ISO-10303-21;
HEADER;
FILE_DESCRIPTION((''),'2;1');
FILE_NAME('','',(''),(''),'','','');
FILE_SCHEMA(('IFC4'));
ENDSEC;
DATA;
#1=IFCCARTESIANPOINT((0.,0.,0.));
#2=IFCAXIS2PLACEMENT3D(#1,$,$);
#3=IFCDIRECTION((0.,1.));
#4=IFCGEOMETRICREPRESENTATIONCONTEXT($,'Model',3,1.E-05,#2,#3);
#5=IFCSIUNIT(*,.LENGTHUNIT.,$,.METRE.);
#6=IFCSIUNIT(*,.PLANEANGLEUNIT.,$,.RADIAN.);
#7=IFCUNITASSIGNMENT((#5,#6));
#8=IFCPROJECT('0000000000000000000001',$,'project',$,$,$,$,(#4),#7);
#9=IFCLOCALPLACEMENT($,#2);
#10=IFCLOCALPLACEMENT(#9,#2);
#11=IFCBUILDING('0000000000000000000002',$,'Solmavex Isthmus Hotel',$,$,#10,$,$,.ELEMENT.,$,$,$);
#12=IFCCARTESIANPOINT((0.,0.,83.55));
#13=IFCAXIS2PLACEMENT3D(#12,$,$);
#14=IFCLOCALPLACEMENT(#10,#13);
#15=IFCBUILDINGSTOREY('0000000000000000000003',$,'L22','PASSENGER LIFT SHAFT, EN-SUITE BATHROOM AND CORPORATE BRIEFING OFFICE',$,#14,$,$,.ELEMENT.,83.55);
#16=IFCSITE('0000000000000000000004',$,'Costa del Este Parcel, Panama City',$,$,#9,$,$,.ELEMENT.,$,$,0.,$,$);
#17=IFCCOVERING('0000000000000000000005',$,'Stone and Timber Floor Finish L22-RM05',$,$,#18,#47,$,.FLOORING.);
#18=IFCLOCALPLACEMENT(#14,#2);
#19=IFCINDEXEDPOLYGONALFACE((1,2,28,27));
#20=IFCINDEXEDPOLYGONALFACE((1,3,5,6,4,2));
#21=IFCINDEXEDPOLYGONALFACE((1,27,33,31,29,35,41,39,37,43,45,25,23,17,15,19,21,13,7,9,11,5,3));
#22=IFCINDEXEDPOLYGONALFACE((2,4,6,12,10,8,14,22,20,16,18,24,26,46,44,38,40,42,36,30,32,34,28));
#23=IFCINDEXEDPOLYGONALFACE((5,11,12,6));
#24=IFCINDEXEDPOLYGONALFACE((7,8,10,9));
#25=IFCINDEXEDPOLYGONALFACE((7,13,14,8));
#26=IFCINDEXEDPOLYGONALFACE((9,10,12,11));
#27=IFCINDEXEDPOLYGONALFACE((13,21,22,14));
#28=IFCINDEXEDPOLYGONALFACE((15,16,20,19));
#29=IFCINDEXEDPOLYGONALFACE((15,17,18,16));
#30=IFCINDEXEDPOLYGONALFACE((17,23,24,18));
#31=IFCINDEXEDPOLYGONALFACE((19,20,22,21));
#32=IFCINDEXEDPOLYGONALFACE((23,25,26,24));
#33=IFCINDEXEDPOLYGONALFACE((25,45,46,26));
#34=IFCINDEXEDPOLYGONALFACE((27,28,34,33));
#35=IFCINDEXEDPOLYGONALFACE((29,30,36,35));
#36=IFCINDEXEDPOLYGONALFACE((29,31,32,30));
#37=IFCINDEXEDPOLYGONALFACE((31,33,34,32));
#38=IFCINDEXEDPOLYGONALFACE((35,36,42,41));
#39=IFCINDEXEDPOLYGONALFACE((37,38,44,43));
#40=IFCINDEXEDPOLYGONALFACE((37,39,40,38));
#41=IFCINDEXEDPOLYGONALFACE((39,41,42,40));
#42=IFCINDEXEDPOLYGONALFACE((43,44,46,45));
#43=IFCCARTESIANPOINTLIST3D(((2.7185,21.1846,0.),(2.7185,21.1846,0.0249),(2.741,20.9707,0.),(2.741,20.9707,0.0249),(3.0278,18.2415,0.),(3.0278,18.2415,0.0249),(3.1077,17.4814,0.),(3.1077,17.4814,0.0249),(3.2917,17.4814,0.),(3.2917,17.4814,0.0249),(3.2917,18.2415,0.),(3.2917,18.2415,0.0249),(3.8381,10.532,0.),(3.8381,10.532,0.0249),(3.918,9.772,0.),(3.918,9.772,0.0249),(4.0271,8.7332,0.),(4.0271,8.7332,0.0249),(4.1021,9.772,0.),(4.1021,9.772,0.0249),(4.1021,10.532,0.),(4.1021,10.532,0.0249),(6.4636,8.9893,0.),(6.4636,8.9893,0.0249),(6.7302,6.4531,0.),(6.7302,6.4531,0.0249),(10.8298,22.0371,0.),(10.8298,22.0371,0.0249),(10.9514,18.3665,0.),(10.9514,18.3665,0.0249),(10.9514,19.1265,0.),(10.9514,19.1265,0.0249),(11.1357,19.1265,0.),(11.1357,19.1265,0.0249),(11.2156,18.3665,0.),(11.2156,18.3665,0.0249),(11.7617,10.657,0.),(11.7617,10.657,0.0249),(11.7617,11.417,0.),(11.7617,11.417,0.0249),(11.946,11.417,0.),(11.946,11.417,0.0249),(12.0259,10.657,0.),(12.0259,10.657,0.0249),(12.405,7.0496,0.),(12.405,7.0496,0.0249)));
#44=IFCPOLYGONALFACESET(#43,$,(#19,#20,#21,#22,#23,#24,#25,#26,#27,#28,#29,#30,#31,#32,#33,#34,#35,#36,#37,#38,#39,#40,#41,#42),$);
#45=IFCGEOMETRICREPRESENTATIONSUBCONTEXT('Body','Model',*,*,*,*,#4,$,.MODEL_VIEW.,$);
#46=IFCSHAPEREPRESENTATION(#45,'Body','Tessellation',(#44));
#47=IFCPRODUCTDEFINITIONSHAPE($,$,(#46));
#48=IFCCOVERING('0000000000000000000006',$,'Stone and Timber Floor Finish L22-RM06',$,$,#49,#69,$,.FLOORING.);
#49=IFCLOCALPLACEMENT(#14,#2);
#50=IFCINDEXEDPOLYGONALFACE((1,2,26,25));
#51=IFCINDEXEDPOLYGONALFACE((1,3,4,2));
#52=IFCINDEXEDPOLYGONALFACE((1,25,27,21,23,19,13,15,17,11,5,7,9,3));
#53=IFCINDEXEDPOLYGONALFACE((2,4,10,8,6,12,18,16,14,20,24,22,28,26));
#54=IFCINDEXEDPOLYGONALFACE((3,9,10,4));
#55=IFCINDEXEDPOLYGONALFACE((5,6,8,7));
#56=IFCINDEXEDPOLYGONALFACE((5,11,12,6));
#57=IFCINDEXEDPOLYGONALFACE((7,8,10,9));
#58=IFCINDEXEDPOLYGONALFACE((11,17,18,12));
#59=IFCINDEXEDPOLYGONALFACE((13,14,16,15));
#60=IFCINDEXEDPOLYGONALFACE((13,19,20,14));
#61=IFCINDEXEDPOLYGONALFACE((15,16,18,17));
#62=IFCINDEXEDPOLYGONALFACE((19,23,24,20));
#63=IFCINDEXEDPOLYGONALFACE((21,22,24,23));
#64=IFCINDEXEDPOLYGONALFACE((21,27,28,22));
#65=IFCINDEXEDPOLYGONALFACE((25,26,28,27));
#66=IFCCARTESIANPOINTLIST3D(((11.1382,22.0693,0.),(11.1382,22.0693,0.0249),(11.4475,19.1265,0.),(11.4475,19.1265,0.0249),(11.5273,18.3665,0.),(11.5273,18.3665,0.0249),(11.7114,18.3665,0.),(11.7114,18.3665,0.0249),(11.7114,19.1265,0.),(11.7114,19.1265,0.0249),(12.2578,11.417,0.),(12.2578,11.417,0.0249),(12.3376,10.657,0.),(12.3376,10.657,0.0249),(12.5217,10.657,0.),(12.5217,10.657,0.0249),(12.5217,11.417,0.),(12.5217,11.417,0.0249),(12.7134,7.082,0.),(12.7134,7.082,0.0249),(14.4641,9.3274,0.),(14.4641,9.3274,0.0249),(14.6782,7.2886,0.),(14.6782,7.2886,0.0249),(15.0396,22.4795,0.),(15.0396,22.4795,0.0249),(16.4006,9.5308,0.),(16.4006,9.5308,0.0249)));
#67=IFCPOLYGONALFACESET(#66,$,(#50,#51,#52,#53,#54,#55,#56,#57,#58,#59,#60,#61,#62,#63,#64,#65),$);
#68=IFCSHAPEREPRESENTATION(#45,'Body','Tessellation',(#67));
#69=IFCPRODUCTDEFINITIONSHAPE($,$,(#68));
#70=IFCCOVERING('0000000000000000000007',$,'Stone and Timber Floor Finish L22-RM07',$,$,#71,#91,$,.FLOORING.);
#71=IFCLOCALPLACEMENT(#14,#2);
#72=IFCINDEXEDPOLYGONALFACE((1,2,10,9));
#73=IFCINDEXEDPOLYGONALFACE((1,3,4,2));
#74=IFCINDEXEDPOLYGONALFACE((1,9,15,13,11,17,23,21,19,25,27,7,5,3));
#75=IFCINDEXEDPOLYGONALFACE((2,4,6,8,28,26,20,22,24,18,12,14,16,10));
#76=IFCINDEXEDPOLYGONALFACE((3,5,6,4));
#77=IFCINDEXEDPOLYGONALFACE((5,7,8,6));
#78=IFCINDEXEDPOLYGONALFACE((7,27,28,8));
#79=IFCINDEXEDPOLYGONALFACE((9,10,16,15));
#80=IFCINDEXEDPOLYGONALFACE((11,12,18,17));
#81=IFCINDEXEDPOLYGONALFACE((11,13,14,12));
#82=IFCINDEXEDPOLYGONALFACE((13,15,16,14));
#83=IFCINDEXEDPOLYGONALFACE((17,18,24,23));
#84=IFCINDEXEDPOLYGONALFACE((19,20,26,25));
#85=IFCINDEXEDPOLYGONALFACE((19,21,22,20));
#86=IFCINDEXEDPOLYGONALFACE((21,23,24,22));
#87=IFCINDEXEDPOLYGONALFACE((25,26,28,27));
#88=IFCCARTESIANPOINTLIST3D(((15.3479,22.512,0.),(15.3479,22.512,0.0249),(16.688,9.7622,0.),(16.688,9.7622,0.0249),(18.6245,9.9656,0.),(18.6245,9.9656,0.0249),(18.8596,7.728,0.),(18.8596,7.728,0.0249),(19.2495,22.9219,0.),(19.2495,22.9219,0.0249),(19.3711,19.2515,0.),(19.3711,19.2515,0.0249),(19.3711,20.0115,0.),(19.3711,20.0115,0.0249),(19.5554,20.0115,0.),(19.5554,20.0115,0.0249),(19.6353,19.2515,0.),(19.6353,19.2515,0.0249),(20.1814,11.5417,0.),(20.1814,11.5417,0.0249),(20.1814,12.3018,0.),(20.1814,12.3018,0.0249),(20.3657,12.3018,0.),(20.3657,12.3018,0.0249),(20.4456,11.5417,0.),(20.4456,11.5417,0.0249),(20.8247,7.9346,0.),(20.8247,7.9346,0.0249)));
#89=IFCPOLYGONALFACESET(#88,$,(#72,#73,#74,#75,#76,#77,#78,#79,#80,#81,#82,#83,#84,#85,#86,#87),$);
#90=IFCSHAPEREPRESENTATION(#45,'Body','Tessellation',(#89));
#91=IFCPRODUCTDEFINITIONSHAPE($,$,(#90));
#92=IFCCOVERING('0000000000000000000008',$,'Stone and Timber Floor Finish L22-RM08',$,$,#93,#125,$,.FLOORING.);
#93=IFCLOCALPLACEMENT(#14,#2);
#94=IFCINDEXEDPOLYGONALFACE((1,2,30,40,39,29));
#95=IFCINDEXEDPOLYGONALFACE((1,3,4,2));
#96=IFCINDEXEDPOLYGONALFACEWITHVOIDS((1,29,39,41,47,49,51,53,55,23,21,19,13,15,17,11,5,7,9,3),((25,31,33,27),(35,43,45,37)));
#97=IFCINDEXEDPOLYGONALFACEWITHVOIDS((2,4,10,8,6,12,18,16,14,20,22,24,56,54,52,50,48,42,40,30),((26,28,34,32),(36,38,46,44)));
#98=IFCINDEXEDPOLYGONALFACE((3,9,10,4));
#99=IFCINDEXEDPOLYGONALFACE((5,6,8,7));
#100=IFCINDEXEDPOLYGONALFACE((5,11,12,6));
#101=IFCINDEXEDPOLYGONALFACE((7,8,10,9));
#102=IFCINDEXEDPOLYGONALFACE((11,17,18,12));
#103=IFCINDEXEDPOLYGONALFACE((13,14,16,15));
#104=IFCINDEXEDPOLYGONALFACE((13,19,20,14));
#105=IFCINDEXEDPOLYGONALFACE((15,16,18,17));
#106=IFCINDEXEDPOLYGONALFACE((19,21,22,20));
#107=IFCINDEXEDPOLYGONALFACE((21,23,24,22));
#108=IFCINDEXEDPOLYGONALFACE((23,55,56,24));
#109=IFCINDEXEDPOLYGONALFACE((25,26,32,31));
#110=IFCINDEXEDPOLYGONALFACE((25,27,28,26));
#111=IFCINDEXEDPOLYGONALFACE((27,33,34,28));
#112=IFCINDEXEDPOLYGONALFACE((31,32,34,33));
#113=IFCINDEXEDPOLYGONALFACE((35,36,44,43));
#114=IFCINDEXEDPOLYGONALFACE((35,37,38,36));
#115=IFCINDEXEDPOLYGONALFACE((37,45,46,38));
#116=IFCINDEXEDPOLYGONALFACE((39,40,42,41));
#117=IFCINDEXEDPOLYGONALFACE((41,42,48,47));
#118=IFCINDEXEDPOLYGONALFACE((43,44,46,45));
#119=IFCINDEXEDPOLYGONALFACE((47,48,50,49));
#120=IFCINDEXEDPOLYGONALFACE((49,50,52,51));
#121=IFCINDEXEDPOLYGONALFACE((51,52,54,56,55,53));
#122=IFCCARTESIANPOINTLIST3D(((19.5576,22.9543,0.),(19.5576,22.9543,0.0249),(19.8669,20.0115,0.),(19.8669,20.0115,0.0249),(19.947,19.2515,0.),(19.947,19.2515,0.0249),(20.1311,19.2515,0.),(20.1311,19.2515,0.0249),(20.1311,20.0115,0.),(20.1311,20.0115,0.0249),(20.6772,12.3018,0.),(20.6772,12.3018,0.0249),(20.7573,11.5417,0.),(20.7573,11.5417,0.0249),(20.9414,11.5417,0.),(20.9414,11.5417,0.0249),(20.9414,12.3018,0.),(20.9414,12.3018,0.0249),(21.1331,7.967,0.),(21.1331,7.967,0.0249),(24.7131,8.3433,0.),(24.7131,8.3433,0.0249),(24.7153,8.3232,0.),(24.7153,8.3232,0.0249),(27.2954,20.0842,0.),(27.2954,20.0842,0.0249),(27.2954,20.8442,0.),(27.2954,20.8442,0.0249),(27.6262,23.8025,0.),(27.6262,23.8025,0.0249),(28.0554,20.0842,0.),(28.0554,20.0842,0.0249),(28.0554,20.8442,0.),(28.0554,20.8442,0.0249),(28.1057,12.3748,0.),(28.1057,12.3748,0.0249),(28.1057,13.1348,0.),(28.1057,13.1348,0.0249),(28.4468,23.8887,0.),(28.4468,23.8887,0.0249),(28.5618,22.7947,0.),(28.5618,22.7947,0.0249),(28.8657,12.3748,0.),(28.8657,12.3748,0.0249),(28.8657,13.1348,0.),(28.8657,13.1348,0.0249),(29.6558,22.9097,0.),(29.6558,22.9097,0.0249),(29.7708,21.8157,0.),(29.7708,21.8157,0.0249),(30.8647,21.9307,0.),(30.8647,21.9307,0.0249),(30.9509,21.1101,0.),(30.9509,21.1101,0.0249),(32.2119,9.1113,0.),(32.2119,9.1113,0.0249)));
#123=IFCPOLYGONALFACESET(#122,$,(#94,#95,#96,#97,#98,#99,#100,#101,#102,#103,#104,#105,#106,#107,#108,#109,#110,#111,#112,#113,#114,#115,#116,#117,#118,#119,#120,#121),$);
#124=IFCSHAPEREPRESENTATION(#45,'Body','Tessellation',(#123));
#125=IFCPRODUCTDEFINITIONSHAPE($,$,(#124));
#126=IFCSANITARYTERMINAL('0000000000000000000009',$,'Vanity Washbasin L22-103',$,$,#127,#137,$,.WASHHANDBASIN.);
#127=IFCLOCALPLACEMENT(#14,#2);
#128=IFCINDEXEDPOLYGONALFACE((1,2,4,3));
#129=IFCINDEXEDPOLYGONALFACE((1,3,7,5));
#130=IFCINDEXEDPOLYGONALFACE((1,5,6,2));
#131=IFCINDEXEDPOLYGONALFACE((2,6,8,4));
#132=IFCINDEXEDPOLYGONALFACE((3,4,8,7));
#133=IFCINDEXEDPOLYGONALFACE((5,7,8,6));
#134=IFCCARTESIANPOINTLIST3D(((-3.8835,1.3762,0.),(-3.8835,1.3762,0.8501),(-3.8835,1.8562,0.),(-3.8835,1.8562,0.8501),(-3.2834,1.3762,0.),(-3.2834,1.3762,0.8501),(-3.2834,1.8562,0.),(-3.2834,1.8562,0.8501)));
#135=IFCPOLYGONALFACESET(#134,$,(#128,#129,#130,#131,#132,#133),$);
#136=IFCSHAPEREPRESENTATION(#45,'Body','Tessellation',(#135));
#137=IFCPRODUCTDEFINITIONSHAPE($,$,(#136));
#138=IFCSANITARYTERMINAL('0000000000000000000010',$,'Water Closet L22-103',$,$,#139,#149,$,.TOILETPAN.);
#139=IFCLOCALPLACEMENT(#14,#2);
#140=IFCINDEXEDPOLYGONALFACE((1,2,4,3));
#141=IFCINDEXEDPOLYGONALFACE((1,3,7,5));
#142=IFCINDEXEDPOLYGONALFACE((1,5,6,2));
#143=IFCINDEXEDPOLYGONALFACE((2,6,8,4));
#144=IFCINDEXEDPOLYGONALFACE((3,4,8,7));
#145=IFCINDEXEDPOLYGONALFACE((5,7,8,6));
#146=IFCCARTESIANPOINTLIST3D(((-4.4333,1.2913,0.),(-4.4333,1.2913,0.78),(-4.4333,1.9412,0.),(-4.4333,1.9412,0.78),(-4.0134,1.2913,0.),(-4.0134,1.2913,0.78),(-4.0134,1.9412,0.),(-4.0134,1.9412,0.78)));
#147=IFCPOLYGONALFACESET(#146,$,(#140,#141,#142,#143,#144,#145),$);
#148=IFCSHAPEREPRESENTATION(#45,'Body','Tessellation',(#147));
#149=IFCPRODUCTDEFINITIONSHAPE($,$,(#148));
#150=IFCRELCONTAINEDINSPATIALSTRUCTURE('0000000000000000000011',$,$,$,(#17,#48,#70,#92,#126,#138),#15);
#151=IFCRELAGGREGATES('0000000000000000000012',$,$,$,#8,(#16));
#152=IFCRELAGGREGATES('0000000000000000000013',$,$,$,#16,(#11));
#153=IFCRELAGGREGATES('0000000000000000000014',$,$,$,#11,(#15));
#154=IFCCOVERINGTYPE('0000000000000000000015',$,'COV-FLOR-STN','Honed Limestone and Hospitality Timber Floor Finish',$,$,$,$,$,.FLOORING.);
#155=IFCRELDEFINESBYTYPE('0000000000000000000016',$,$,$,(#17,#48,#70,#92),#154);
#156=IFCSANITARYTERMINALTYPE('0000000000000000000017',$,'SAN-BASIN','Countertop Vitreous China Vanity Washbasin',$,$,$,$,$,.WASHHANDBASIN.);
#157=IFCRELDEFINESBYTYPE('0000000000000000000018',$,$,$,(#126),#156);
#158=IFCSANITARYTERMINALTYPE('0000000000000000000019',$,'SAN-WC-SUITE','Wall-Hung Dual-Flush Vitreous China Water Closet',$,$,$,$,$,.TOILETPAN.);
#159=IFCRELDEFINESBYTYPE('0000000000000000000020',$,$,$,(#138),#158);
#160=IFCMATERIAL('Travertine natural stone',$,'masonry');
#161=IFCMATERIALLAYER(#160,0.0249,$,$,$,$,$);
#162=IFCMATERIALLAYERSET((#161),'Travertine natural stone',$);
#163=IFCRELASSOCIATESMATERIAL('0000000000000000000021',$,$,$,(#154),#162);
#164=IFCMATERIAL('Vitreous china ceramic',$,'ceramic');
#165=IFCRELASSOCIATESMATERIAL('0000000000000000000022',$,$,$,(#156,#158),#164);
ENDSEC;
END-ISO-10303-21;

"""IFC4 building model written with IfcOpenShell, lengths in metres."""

from ifc_helpers import new_model, si_unit, direction, frame, origin, origin_2d, place, context, subcontext, project, spatial, polyline, rectangle, outline, extrude, material, layer, layer_set, type_object, element, save


model = new_model("IFC4")

# Units and contexts
model_context = context("Model", 3, precision=1e-05, world=origin(), true_north=direction((0.0, 1.0)))
body_context = subcontext(model_context, "Body", "Model", "MODEL_VIEW")
ifc_project = project(units=[si_unit("LENGTHUNIT", "METRE"), si_unit("PLANEANGLEUNIT", "RADIAN")], contexts=[model_context])

# Site, building, storey
site_placement = place(None, origin())
site = spatial("IfcSite", under=ifc_project, at=site_placement, Name="Costa del Este Parcel, Panama City", CompositionType="ELEMENT", RefElevation=0.0)
building_placement = place(site_placement, origin())
building = spatial("IfcBuilding", under=site, at=building_placement, Name="Solmavex Isthmus Hotel", CompositionType="ELEMENT")
storey_placement = place(building_placement, frame((0.0, 0.0, 83.55)))
storey = spatial("IfcBuildingStorey", under=building, at=storey_placement, Name="L22", Description="PASSENGER LIFT SHAFT, EN-SUITE BATHROOM AND CORPORATE BRIEFING OFFICE", CompositionType="ELEMENT", Elevation=83.55)

# Coverings
ifc_material_1 = material(Name="Travertine natural stone", Category="masonry")
ifc_layer_1 = layer(ifc_material_1, 0.0249)
ifc_layer_set_1 = layer_set([ifc_layer_1], Name="Travertine natural stone")
covering_type_1 = type_object("IfcCoveringType", Name="COV-FLOR-STN", Description="Honed Limestone and Hospitality Timber Floor Finish", PredefinedType="FLOORING", material=ifc_layer_set_1)
covering_1_placement = place(storey_placement, origin())
element("IfcCovering", 1, at=covering_1_placement, inside=storey, type_object=covering_type_1, Name="Stone and Timber Floor Finish L22-RM05", PredefinedType="FLOORING", context=body_context, shape_type="SweptSolid", body=[
    extrude(outline(polyline([(3.8381, 10.532), (4.1021, 10.532), (4.1021, 9.772), (3.918, 9.772), (4.0271, 8.7332), (6.4636, 8.9893), (6.7302, 6.4531), (12.405, 7.0496), (12.0259, 10.657), (11.7617, 10.657), (11.7617, 11.417), (11.946, 11.417), (11.2156, 18.3665), (10.9514, 18.3665), (10.9514, 19.1265), (11.1357, 19.1265), (10.8298, 22.0371), (2.7185, 21.1846), (2.741, 20.9707), (3.0278, 18.2415), (3.2917, 18.2415), (3.2917, 17.4814), (3.1077, 17.4814), (3.8381, 10.532)])), origin(), (0.0, 0.0, 1.0), 0.0249),
])
covering_2_placement = place(storey_placement, origin())
element("IfcCovering", 2, at=covering_2_placement, inside=storey, type_object=covering_type_1, Name="Stone and Timber Floor Finish L22-RM06", PredefinedType="FLOORING", context=body_context, shape_type="SweptSolid", body=[
    extrude(outline(polyline([(12.2578, 11.417), (12.5217, 11.417), (12.5217, 10.657), (12.3376, 10.657), (12.7134, 7.082), (14.6782, 7.2886), (14.4641, 9.3274), (16.4006, 9.5308), (15.0396, 22.4795), (11.1382, 22.0693), (11.4475, 19.1265), (11.7114, 19.1265), (11.7114, 18.3665), (11.5273, 18.3665), (12.2578, 11.417)])), origin(), (0.0, 0.0, 1.0), 0.0249),
])
covering_3_placement = place(storey_placement, origin())
element("IfcCovering", 3, at=covering_3_placement, inside=storey, type_object=covering_type_1, Name="Stone and Timber Floor Finish L22-RM07", PredefinedType="FLOORING", context=body_context, shape_type="SweptSolid", body=[
    extrude(outline(polyline([(19.6353, 19.2515), (19.3711, 19.2515), (19.3711, 20.0115), (19.5554, 20.0115), (19.2495, 22.9219), (15.3479, 22.512), (16.688, 9.7622), (18.6245, 9.9656), (18.8596, 7.728), (20.8247, 7.9346), (20.4456, 11.5417), (20.1814, 11.5417), (20.1814, 12.3018), (20.3657, 12.3018), (19.6353, 19.2515)])), origin(), (0.0, 0.0, 1.0), 0.0249),
])
covering_4_placement = place(storey_placement, origin())
element("IfcCovering", 4, at=covering_4_placement, inside=storey, type_object=covering_type_1, Name="Stone and Timber Floor Finish L22-RM08", PredefinedType="FLOORING", context=body_context, shape_type="SweptSolid", body=[
    extrude(outline(polyline([(20.6772, 12.3018), (20.9414, 12.3018), (20.9414, 11.5417), (20.7573, 11.5417), (21.1331, 7.967), (24.7131, 8.3433), (24.7153, 8.3232), (32.2119, 9.1113), (30.9509, 21.1101), (30.8647, 21.9307), (29.7708, 21.8157), (29.6558, 22.9097), (28.5618, 22.7947), (28.4468, 23.8887), (27.6262, 23.8025), (19.5576, 22.9543), (19.8669, 20.0115), (20.1311, 20.0115), (20.1311, 19.2515), (19.947, 19.2515), (20.6772, 12.3018)]), holes=[polyline([(28.1057, 12.3748), (28.1057, 13.1348), (28.8657, 13.1348), (28.8657, 12.3748), (28.1057, 12.3748)]), polyline([(27.2954, 20.8442), (28.0554, 20.8442), (28.0554, 20.0842), (27.2954, 20.0842), (27.2954, 20.8442)])]), origin(), (0.0, 0.0, 1.0), 0.0249),
])

# Sanitary terminals
ifc_material_2 = material(Name="Vitreous china ceramic", Category="ceramic")
sanitary_terminal_type_1 = type_object("IfcSanitaryTerminalType", Name="SAN-BASIN", Description="Countertop Vitreous China Vanity Washbasin", PredefinedType="WASHHANDBASIN", material=ifc_material_2)
sanitary_terminal_1_placement = place(storey_placement, frame((-3.5835, 1.6162, 0.0), z_axis=(0.0, 0.0, 1.0), x_axis=(1.0, 0.0, 0.0)))
element("IfcSanitaryTerminal", 5, at=sanitary_terminal_1_placement, inside=storey, type_object=sanitary_terminal_type_1, Name="Vanity Washbasin L22-103", PredefinedType="WASHHANDBASIN", context=body_context, shape_type="SweptSolid", body=[
    extrude(rectangle(XDim=0.6001, YDim=0.48, at=origin_2d()), origin(), (0.0, 0.0, 1.0), 0.8501),
])
sanitary_terminal_type_2 = type_object("IfcSanitaryTerminalType", Name="SAN-WC-SUITE", Description="Wall-Hung Dual-Flush Vitreous China Water Closet", PredefinedType="TOILETPAN", material=ifc_material_2)
sanitary_terminal_2_placement = place(storey_placement, frame((-4.2234, 1.6162, 0.0), z_axis=(0.0, 0.0, 1.0), x_axis=(1.0, 0.0, 0.0)))
element("IfcSanitaryTerminal", 6, at=sanitary_terminal_2_placement, inside=storey, type_object=sanitary_terminal_type_2, Name="Water Closet L22-103", PredefinedType="TOILETPAN", context=body_context, shape_type="SweptSolid", body=[
    extrude(rectangle(XDim=0.4199, YDim=0.6499, at=origin_2d()), origin(), (0.0, 0.0, 1.0), 0.78),
])

save(model, "model.ifc")
